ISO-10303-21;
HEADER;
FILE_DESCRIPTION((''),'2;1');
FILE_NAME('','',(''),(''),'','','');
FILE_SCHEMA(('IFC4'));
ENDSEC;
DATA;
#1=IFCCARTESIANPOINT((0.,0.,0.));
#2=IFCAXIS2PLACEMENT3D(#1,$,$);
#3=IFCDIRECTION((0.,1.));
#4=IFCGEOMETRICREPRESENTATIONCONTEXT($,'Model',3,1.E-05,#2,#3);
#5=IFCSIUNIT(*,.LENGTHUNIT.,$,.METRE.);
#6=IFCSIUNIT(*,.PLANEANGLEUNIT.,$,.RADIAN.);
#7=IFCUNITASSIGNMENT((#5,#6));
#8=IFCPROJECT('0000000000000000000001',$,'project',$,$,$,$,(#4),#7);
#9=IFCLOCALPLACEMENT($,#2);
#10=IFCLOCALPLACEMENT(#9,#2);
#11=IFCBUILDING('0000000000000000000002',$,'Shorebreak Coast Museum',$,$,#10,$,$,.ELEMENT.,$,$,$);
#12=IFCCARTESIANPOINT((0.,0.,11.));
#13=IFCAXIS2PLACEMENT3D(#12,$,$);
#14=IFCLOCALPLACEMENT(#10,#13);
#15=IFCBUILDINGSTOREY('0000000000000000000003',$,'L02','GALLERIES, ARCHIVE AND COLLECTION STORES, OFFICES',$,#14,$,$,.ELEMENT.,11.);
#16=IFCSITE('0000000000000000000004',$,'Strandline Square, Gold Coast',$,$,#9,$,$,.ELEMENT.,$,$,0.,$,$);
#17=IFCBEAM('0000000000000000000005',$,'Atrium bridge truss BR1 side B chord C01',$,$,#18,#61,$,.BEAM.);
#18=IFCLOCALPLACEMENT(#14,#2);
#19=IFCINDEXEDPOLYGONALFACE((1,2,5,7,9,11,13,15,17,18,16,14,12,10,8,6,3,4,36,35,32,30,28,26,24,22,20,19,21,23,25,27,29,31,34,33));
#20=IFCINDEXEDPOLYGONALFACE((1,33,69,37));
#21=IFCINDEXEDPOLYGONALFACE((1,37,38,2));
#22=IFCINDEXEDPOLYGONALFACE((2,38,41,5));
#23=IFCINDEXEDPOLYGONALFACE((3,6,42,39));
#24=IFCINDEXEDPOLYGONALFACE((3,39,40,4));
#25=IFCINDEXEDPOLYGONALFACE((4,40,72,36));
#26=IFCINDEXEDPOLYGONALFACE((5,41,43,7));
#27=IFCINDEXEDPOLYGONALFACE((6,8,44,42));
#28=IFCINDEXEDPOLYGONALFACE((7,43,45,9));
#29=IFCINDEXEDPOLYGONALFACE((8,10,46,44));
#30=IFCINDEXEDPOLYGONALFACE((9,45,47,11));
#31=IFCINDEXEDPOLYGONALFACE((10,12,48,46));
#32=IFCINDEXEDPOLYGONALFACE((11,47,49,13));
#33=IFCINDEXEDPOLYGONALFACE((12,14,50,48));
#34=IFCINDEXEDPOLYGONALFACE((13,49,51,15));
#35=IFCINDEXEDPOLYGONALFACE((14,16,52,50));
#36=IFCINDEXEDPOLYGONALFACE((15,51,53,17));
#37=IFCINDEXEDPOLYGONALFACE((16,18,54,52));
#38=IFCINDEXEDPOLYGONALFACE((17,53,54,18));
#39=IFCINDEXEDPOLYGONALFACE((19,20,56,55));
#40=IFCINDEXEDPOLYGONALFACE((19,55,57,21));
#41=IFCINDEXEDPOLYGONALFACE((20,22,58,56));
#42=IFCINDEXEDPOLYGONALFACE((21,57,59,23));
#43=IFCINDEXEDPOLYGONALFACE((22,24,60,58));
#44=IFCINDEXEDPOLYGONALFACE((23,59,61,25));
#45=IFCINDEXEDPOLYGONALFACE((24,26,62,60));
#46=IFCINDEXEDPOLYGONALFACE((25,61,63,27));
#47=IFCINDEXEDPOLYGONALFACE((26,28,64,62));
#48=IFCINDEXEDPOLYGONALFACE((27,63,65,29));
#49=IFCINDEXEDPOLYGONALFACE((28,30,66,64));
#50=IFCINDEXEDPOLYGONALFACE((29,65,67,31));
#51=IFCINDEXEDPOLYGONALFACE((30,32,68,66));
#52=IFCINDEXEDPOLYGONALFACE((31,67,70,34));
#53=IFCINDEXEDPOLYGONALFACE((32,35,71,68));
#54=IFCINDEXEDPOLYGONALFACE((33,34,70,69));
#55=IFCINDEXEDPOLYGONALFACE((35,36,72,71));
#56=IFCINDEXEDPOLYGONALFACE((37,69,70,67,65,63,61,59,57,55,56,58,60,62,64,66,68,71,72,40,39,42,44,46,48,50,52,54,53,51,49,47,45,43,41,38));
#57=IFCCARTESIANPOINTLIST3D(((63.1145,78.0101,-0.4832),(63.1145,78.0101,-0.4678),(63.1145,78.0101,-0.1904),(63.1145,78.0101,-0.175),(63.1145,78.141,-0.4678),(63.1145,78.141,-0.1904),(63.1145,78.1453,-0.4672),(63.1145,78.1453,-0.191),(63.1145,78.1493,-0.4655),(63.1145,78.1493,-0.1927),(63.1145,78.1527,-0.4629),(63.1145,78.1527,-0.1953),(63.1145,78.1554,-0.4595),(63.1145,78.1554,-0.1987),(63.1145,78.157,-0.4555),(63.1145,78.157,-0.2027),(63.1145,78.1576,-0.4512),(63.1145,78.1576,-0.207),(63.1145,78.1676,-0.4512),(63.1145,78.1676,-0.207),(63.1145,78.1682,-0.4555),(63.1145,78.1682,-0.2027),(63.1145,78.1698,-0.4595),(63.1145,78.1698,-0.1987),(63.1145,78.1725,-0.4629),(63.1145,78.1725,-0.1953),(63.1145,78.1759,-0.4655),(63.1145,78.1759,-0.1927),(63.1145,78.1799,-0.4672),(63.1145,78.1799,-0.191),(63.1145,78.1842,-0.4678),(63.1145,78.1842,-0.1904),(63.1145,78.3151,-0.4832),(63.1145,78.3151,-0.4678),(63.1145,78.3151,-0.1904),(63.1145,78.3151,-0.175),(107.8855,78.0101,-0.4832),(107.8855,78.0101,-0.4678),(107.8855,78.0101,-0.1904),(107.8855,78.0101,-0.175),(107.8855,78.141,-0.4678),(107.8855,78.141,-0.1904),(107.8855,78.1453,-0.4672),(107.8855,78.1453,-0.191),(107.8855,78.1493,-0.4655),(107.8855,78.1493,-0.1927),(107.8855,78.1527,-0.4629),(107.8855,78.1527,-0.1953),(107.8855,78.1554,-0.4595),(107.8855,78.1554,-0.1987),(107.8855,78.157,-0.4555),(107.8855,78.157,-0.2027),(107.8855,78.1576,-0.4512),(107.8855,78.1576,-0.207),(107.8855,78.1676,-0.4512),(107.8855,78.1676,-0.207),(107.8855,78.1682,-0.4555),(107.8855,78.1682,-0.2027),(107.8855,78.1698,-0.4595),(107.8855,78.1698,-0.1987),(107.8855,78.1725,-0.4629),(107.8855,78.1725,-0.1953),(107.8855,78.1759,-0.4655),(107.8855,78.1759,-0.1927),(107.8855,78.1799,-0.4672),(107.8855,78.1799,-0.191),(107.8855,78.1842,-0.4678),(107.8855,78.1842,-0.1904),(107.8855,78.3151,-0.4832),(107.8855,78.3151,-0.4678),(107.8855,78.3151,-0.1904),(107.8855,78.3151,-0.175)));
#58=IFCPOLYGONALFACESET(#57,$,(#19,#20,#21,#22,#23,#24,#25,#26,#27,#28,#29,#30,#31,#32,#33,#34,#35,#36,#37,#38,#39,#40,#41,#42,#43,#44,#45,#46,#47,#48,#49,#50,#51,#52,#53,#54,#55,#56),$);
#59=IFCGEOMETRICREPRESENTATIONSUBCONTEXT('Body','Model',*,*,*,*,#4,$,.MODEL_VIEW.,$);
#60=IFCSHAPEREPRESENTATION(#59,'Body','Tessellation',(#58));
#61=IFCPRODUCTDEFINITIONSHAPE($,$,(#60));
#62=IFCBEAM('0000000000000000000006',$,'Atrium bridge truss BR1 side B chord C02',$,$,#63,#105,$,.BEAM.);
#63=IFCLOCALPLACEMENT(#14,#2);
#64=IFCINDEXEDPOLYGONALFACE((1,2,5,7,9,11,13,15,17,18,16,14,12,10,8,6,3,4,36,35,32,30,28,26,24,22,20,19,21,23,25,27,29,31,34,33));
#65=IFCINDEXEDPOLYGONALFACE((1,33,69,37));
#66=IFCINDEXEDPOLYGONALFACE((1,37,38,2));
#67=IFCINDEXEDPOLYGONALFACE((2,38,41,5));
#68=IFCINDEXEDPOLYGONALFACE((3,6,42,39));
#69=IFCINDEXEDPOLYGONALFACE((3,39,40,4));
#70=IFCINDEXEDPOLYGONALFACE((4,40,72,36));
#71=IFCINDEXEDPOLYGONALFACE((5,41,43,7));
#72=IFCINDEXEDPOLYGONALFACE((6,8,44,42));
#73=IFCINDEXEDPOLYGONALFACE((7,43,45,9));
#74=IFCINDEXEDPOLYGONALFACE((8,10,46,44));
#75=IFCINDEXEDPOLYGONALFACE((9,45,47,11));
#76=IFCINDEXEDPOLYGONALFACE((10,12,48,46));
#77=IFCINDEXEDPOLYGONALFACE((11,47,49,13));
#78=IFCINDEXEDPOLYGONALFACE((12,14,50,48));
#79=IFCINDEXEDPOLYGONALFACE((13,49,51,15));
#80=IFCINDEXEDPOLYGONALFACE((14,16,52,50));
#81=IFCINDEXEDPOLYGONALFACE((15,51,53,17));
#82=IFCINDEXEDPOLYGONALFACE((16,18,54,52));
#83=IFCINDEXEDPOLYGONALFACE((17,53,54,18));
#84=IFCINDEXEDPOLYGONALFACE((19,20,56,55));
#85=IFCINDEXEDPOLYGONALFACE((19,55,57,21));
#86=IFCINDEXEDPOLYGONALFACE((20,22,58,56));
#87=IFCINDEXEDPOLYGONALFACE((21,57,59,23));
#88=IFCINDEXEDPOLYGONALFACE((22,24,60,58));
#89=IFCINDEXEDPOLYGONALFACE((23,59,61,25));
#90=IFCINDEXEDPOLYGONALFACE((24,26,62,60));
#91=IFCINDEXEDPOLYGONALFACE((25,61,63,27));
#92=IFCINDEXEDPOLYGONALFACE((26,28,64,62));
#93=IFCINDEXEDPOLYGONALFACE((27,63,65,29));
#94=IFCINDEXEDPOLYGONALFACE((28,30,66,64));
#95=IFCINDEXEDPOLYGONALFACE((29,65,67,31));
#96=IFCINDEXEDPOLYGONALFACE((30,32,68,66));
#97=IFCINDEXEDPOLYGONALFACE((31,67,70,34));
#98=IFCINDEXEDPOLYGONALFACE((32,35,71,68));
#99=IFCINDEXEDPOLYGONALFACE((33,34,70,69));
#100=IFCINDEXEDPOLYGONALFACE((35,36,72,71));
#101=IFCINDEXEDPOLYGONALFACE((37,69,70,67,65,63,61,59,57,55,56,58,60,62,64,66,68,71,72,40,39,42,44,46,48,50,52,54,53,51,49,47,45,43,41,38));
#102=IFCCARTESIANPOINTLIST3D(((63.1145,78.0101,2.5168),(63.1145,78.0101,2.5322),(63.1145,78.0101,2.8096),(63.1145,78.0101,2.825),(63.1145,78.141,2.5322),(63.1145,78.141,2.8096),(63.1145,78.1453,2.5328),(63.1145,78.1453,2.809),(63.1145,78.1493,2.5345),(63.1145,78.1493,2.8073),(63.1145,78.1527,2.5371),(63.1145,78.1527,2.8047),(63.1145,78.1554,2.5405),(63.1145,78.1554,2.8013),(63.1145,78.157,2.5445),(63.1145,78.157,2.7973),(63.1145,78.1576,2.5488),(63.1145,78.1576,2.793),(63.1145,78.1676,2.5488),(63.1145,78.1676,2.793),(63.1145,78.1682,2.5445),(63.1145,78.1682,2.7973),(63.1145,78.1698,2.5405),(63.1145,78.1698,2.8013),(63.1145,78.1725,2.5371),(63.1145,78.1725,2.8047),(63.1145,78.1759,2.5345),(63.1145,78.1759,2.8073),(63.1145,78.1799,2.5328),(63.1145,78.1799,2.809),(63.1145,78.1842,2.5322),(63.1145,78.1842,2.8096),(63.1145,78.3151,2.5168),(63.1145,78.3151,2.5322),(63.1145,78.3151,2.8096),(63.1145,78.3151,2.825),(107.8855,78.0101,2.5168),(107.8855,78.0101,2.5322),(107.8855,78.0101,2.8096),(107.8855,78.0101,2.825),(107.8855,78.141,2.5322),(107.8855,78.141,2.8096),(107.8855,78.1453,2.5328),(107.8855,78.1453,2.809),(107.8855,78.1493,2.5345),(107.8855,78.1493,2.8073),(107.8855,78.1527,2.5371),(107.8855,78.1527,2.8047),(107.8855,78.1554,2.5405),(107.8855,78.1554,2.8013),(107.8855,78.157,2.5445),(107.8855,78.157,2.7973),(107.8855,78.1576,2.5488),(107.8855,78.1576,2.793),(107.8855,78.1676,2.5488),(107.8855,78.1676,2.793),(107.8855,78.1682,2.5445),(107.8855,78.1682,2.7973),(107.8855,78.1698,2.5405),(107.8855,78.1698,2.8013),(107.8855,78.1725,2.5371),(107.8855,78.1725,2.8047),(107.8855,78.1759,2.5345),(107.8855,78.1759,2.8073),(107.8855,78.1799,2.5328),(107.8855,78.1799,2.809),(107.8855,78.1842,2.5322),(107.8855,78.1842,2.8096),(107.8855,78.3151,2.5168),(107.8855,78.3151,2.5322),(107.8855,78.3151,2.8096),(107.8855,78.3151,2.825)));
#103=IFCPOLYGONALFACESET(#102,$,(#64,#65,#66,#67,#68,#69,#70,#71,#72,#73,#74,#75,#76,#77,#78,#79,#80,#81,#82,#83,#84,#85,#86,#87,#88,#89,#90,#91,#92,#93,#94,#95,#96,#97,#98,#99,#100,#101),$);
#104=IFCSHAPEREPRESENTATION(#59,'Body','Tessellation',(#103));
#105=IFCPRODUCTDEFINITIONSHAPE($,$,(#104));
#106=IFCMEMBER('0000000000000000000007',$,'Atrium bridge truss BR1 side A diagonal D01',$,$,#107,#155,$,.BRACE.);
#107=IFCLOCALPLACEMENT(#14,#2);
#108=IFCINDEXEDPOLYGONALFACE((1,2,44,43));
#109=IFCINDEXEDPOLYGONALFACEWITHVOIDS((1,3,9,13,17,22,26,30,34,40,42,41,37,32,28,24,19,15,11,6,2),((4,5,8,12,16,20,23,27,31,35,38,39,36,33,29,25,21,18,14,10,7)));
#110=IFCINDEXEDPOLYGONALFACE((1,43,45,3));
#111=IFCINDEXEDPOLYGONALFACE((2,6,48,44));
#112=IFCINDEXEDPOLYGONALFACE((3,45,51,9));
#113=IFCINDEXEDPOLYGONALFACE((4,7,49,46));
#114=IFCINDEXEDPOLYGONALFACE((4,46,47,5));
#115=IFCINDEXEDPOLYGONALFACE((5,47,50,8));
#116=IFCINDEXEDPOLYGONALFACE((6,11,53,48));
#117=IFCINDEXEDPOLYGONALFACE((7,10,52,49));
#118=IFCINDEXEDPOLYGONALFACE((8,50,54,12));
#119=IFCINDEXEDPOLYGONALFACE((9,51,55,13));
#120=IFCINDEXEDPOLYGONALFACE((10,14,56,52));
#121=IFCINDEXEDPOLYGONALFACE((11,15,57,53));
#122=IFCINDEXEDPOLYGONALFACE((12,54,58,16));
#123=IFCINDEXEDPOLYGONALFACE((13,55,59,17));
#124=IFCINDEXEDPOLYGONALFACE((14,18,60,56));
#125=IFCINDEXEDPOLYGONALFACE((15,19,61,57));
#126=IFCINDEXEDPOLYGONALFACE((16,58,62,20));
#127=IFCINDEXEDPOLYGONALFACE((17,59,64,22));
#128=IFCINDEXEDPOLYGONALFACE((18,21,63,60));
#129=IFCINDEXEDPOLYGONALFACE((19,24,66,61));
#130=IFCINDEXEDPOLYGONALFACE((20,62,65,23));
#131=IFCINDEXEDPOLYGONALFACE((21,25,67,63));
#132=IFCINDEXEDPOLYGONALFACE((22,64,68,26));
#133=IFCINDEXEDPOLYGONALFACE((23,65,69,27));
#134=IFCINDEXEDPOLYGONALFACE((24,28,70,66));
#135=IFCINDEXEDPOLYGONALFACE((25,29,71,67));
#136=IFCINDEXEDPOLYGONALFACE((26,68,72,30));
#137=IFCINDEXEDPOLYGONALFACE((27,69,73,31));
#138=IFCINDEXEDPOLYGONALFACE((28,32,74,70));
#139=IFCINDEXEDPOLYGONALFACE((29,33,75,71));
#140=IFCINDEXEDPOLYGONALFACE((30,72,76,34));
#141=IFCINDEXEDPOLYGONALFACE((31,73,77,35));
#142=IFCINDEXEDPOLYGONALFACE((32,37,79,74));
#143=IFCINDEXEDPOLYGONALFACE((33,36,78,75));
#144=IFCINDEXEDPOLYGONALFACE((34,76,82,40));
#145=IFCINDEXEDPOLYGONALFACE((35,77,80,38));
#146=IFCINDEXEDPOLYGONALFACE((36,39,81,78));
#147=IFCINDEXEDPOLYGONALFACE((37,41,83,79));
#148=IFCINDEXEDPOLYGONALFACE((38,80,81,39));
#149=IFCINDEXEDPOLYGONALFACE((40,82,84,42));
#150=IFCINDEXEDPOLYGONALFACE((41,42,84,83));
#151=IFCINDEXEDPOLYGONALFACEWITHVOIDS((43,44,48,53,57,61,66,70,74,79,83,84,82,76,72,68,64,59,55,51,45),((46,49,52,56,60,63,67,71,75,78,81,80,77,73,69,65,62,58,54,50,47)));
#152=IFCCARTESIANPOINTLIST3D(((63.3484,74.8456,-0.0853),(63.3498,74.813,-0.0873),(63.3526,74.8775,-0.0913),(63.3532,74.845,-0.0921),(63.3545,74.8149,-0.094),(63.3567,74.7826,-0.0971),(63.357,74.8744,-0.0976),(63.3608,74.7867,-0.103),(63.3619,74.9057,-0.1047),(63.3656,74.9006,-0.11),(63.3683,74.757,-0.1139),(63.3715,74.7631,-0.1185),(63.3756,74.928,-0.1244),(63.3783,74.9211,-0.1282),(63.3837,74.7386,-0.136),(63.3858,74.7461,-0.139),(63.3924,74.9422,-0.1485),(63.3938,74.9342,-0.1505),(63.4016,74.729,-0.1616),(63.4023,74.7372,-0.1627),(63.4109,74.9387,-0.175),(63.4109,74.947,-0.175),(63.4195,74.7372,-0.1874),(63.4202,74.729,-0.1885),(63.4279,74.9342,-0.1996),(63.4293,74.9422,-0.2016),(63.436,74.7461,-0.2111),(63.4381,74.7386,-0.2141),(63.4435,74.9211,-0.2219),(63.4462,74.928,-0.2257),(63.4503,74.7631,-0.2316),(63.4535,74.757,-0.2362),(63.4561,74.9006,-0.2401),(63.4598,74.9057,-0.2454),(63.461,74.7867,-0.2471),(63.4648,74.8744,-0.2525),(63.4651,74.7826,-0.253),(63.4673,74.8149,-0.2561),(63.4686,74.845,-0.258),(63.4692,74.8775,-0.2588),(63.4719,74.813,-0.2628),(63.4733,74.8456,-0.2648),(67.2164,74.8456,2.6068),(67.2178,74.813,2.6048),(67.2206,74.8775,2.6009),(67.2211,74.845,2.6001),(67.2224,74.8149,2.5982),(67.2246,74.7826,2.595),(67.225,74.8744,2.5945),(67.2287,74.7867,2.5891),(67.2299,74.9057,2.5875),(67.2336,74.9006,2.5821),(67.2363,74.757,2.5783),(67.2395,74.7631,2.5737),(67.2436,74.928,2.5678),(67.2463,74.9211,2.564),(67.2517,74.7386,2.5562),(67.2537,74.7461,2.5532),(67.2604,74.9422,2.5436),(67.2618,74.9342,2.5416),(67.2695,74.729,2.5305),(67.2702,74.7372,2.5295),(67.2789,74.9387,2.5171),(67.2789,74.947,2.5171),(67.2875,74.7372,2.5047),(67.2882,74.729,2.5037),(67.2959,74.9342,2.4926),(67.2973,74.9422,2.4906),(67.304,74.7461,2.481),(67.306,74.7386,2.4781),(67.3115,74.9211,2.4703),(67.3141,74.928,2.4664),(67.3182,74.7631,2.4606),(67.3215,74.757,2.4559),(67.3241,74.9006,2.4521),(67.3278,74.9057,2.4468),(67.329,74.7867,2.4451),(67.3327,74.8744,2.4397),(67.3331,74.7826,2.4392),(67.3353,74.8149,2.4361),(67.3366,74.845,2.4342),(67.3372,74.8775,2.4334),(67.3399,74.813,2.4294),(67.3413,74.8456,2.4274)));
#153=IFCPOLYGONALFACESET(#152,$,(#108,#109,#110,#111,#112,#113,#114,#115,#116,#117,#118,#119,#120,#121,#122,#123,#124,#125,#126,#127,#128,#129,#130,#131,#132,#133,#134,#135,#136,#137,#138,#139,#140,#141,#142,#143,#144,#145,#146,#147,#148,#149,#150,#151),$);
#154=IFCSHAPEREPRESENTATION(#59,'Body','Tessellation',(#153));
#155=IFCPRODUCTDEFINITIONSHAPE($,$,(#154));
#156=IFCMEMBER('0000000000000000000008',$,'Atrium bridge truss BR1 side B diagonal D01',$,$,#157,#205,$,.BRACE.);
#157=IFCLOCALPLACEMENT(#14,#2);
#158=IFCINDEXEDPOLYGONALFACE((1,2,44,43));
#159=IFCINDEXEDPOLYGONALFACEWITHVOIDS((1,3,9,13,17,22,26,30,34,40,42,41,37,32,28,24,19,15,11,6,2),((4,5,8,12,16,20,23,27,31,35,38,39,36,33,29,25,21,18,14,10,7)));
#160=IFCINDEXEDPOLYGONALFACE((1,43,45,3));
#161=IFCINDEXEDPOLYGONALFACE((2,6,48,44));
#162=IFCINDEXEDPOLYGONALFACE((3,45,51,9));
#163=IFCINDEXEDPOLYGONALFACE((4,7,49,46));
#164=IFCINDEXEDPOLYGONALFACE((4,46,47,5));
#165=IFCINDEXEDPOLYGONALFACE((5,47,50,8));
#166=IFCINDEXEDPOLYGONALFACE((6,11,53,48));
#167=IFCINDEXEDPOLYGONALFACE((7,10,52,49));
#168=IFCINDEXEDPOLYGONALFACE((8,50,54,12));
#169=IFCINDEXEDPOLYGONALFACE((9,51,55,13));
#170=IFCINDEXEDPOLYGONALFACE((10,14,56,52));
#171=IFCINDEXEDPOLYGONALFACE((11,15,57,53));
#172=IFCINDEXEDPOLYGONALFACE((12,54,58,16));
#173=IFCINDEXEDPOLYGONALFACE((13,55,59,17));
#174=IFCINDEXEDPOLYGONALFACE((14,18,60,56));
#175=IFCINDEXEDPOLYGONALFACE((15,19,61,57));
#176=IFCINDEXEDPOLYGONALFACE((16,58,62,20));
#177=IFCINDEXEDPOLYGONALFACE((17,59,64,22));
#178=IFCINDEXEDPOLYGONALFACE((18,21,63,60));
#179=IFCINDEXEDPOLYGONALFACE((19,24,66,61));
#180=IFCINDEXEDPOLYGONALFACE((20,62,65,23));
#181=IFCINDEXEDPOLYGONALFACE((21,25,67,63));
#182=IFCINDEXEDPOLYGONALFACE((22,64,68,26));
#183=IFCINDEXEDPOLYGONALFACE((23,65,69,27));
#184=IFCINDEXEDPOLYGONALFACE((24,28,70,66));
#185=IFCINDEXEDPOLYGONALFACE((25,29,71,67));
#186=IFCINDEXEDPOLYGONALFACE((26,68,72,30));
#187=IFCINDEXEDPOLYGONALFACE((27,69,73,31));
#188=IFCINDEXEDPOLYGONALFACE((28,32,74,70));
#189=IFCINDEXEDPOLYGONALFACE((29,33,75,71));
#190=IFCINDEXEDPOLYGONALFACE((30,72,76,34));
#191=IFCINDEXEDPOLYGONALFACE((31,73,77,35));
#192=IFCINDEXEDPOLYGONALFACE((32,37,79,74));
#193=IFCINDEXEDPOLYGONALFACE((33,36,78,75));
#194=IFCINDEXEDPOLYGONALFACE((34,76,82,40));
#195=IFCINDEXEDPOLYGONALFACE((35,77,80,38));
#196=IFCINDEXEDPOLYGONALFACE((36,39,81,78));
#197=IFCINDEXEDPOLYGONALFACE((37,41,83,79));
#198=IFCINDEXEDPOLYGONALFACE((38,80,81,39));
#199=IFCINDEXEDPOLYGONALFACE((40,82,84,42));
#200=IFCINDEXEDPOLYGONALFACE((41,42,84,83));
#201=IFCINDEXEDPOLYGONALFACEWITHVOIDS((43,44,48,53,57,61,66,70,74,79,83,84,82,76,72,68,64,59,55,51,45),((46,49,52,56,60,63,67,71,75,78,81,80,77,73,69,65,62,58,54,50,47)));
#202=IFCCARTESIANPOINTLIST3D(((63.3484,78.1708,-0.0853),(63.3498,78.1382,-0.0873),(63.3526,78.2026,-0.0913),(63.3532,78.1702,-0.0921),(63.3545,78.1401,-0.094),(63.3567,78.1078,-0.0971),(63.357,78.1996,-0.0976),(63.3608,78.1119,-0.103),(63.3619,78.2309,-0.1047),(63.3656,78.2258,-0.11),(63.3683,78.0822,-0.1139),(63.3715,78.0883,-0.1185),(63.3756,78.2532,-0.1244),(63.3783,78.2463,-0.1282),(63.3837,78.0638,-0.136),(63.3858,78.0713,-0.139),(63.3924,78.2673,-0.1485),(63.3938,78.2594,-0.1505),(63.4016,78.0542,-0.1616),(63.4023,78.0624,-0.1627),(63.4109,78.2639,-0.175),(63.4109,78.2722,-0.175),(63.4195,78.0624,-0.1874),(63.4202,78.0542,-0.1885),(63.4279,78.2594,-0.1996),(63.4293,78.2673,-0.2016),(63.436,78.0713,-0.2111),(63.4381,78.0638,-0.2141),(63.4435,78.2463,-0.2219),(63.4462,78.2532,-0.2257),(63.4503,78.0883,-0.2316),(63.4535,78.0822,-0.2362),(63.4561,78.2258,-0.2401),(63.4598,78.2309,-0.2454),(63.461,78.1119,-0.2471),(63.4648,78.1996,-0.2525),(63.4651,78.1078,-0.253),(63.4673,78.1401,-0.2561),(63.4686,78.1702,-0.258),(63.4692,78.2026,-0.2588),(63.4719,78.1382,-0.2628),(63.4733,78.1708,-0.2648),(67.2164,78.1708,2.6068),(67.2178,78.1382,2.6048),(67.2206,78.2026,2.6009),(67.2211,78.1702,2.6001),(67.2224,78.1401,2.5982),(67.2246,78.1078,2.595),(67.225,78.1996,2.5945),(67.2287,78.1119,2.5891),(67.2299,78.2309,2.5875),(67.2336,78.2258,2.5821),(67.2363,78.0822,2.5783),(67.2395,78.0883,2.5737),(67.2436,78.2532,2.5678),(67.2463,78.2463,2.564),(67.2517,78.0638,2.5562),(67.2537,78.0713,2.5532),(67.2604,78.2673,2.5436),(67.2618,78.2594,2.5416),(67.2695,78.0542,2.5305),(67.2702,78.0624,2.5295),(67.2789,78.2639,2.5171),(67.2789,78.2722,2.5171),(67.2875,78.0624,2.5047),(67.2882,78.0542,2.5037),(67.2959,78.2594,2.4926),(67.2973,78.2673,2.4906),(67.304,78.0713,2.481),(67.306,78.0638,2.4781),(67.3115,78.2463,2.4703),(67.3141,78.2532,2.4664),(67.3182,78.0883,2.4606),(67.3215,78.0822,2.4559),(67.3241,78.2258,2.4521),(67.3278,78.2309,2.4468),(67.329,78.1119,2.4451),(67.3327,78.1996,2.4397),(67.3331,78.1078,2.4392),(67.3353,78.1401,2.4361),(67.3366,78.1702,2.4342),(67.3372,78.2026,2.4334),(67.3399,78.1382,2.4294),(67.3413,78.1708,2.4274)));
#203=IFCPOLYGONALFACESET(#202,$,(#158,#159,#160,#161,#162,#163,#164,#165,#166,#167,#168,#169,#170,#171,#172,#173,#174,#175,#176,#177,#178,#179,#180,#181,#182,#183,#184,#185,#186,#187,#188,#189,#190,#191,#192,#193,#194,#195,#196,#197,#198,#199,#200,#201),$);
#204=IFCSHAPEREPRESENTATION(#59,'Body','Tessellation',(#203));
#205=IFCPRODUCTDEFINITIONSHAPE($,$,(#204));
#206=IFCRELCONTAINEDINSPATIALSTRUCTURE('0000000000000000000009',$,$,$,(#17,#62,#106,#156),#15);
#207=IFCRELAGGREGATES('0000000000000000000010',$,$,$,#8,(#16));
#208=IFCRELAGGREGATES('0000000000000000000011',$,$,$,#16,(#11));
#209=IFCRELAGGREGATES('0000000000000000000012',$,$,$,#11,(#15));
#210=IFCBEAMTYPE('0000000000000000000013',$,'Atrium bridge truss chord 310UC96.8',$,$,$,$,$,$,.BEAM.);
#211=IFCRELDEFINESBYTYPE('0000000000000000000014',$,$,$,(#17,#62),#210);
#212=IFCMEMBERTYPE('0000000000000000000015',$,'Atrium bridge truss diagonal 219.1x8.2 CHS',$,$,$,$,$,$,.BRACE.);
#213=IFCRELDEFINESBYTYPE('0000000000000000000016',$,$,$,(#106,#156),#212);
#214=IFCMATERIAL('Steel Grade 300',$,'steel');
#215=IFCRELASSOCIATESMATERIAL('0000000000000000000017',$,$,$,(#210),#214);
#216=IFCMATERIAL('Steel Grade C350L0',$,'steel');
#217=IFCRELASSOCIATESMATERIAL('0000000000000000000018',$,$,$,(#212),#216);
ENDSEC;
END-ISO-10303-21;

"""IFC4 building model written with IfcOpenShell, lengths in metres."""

from ifc_helpers import new_model, si_unit, direction, frame, origin, origin_2d, place, context, subcontext, project, spatial, hollow_circle, i_section, extrude, material, material_profile, profile_set, type_object, element, save


model = new_model("IFC4")

# Units and contexts
model_context = context("Model", 3, precision=1e-05, world=origin(), true_north=direction((0.0, 1.0)))
body_context = subcontext(model_context, "Body", "Model", "MODEL_VIEW")
ifc_project = project(units=[si_unit("LENGTHUNIT", "METRE"), si_unit("PLANEANGLEUNIT", "RADIAN")], contexts=[model_context])

# Site, building, storey
site_placement = place(None, origin())
site = spatial("IfcSite", under=ifc_project, at=site_placement, Name="Strandline Square, Gold Coast", CompositionType="ELEMENT", RefElevation=0.0)
building_placement = place(site_placement, origin())
building = spatial("IfcBuilding", under=site, at=building_placement, Name="Shorebreak Coast Museum", CompositionType="ELEMENT")
storey_placement = place(building_placement, frame((0.0, 0.0, 11.0)))
storey = spatial("IfcBuildingStorey", under=building, at=storey_placement, Name="L02", Description="GALLERIES, ARCHIVE AND COLLECTION STORES, OFFICES", CompositionType="ELEMENT", Elevation=11.0)

# Beams
ifc_material_1 = material(Name="Steel Grade 300", Category="steel")
ifc_material_profile_1 = material_profile(ifc_material_1, i_section(OverallWidth=0.3049, OverallDepth=0.3081, WebThickness=0.01, FlangeThickness=0.0154, FilletRadius=0.0166, at=origin_2d()), Name="310UC96.8")
ifc_profile_set_1 = profile_set([ifc_material_profile_1], Name="Steel Grade 300")
beam_type_1 = type_object("IfcBeamType", Name="Atrium bridge truss chord 310UC96.8", PredefinedType="BEAM", material=ifc_profile_set_1)
for number, where, z_axis, x_axis, name in (
    (1, (63.1145, 78.1626, -0.3291), (1.0, 0.0, 0.0), (0.0, 1.0, 0.0), "Atrium bridge truss BR1 side B chord C01"),
    (2, (63.1145, 78.1626, 2.6709), (1.0, 0.0, 0.0), (0.0, 1.0, 0.0), "Atrium bridge truss BR1 side B chord C02"),
):
    element("IfcBeam", number, at=place(storey_placement, frame(where, z_axis=z_axis, x_axis=x_axis)), inside=storey, type_object=beam_type_1, Name=name, PredefinedType="BEAM", context=body_context, shape_type="SweptSolid", body=[
        extrude(i_section(OverallWidth=0.3049, OverallDepth=0.3081, WebThickness=0.01, FlangeThickness=0.0154, FilletRadius=0.0166, at=origin_2d()), origin(), (0.0, 0.0, 1.0), 44.771),
    ])

# Members
ifc_material_2 = material(Name="Steel Grade C350L0", Category="steel")
ifc_material_profile_2 = material_profile(ifc_material_2, hollow_circle(Radius=0.1096, WallThickness=0.0083, at=origin_2d()), Name="219.1x8.2 CHS")
ifc_profile_set_2 = profile_set([ifc_material_profile_2], Name="Steel Grade C350L0")
member_type_1 = type_object("IfcMemberType", Name="Atrium bridge truss diagonal 219.1x8.2 CHS", PredefinedType="BRACE", material=ifc_profile_set_2)
for number, where, z_axis, x_axis, name in (
    (3, (63.4109, 74.8374, -0.175), (0.820765, 0.0, 0.571266), (0.0, 1.0, 0.0), "Atrium bridge truss BR1 side A diagonal D01"),
    (4, (63.4109, 78.1626, -0.175), (0.820765, 0.0, 0.571266), (0.0, 1.0, 0.0), "Atrium bridge truss BR1 side B diagonal D01"),
):
    element("IfcMember", number, at=place(storey_placement, frame(where, z_axis=z_axis, x_axis=x_axis)), inside=storey, type_object=member_type_1, Name=name, PredefinedType="BRACE", context=body_context, shape_type="SweptSolid", body=[
        extrude(hollow_circle(Radius=0.1096, WallThickness=0.0083, at=origin_2d()), origin(), (0.0, 0.0, 1.0), 4.7126),
    ])

save(model, "model.ifc")
